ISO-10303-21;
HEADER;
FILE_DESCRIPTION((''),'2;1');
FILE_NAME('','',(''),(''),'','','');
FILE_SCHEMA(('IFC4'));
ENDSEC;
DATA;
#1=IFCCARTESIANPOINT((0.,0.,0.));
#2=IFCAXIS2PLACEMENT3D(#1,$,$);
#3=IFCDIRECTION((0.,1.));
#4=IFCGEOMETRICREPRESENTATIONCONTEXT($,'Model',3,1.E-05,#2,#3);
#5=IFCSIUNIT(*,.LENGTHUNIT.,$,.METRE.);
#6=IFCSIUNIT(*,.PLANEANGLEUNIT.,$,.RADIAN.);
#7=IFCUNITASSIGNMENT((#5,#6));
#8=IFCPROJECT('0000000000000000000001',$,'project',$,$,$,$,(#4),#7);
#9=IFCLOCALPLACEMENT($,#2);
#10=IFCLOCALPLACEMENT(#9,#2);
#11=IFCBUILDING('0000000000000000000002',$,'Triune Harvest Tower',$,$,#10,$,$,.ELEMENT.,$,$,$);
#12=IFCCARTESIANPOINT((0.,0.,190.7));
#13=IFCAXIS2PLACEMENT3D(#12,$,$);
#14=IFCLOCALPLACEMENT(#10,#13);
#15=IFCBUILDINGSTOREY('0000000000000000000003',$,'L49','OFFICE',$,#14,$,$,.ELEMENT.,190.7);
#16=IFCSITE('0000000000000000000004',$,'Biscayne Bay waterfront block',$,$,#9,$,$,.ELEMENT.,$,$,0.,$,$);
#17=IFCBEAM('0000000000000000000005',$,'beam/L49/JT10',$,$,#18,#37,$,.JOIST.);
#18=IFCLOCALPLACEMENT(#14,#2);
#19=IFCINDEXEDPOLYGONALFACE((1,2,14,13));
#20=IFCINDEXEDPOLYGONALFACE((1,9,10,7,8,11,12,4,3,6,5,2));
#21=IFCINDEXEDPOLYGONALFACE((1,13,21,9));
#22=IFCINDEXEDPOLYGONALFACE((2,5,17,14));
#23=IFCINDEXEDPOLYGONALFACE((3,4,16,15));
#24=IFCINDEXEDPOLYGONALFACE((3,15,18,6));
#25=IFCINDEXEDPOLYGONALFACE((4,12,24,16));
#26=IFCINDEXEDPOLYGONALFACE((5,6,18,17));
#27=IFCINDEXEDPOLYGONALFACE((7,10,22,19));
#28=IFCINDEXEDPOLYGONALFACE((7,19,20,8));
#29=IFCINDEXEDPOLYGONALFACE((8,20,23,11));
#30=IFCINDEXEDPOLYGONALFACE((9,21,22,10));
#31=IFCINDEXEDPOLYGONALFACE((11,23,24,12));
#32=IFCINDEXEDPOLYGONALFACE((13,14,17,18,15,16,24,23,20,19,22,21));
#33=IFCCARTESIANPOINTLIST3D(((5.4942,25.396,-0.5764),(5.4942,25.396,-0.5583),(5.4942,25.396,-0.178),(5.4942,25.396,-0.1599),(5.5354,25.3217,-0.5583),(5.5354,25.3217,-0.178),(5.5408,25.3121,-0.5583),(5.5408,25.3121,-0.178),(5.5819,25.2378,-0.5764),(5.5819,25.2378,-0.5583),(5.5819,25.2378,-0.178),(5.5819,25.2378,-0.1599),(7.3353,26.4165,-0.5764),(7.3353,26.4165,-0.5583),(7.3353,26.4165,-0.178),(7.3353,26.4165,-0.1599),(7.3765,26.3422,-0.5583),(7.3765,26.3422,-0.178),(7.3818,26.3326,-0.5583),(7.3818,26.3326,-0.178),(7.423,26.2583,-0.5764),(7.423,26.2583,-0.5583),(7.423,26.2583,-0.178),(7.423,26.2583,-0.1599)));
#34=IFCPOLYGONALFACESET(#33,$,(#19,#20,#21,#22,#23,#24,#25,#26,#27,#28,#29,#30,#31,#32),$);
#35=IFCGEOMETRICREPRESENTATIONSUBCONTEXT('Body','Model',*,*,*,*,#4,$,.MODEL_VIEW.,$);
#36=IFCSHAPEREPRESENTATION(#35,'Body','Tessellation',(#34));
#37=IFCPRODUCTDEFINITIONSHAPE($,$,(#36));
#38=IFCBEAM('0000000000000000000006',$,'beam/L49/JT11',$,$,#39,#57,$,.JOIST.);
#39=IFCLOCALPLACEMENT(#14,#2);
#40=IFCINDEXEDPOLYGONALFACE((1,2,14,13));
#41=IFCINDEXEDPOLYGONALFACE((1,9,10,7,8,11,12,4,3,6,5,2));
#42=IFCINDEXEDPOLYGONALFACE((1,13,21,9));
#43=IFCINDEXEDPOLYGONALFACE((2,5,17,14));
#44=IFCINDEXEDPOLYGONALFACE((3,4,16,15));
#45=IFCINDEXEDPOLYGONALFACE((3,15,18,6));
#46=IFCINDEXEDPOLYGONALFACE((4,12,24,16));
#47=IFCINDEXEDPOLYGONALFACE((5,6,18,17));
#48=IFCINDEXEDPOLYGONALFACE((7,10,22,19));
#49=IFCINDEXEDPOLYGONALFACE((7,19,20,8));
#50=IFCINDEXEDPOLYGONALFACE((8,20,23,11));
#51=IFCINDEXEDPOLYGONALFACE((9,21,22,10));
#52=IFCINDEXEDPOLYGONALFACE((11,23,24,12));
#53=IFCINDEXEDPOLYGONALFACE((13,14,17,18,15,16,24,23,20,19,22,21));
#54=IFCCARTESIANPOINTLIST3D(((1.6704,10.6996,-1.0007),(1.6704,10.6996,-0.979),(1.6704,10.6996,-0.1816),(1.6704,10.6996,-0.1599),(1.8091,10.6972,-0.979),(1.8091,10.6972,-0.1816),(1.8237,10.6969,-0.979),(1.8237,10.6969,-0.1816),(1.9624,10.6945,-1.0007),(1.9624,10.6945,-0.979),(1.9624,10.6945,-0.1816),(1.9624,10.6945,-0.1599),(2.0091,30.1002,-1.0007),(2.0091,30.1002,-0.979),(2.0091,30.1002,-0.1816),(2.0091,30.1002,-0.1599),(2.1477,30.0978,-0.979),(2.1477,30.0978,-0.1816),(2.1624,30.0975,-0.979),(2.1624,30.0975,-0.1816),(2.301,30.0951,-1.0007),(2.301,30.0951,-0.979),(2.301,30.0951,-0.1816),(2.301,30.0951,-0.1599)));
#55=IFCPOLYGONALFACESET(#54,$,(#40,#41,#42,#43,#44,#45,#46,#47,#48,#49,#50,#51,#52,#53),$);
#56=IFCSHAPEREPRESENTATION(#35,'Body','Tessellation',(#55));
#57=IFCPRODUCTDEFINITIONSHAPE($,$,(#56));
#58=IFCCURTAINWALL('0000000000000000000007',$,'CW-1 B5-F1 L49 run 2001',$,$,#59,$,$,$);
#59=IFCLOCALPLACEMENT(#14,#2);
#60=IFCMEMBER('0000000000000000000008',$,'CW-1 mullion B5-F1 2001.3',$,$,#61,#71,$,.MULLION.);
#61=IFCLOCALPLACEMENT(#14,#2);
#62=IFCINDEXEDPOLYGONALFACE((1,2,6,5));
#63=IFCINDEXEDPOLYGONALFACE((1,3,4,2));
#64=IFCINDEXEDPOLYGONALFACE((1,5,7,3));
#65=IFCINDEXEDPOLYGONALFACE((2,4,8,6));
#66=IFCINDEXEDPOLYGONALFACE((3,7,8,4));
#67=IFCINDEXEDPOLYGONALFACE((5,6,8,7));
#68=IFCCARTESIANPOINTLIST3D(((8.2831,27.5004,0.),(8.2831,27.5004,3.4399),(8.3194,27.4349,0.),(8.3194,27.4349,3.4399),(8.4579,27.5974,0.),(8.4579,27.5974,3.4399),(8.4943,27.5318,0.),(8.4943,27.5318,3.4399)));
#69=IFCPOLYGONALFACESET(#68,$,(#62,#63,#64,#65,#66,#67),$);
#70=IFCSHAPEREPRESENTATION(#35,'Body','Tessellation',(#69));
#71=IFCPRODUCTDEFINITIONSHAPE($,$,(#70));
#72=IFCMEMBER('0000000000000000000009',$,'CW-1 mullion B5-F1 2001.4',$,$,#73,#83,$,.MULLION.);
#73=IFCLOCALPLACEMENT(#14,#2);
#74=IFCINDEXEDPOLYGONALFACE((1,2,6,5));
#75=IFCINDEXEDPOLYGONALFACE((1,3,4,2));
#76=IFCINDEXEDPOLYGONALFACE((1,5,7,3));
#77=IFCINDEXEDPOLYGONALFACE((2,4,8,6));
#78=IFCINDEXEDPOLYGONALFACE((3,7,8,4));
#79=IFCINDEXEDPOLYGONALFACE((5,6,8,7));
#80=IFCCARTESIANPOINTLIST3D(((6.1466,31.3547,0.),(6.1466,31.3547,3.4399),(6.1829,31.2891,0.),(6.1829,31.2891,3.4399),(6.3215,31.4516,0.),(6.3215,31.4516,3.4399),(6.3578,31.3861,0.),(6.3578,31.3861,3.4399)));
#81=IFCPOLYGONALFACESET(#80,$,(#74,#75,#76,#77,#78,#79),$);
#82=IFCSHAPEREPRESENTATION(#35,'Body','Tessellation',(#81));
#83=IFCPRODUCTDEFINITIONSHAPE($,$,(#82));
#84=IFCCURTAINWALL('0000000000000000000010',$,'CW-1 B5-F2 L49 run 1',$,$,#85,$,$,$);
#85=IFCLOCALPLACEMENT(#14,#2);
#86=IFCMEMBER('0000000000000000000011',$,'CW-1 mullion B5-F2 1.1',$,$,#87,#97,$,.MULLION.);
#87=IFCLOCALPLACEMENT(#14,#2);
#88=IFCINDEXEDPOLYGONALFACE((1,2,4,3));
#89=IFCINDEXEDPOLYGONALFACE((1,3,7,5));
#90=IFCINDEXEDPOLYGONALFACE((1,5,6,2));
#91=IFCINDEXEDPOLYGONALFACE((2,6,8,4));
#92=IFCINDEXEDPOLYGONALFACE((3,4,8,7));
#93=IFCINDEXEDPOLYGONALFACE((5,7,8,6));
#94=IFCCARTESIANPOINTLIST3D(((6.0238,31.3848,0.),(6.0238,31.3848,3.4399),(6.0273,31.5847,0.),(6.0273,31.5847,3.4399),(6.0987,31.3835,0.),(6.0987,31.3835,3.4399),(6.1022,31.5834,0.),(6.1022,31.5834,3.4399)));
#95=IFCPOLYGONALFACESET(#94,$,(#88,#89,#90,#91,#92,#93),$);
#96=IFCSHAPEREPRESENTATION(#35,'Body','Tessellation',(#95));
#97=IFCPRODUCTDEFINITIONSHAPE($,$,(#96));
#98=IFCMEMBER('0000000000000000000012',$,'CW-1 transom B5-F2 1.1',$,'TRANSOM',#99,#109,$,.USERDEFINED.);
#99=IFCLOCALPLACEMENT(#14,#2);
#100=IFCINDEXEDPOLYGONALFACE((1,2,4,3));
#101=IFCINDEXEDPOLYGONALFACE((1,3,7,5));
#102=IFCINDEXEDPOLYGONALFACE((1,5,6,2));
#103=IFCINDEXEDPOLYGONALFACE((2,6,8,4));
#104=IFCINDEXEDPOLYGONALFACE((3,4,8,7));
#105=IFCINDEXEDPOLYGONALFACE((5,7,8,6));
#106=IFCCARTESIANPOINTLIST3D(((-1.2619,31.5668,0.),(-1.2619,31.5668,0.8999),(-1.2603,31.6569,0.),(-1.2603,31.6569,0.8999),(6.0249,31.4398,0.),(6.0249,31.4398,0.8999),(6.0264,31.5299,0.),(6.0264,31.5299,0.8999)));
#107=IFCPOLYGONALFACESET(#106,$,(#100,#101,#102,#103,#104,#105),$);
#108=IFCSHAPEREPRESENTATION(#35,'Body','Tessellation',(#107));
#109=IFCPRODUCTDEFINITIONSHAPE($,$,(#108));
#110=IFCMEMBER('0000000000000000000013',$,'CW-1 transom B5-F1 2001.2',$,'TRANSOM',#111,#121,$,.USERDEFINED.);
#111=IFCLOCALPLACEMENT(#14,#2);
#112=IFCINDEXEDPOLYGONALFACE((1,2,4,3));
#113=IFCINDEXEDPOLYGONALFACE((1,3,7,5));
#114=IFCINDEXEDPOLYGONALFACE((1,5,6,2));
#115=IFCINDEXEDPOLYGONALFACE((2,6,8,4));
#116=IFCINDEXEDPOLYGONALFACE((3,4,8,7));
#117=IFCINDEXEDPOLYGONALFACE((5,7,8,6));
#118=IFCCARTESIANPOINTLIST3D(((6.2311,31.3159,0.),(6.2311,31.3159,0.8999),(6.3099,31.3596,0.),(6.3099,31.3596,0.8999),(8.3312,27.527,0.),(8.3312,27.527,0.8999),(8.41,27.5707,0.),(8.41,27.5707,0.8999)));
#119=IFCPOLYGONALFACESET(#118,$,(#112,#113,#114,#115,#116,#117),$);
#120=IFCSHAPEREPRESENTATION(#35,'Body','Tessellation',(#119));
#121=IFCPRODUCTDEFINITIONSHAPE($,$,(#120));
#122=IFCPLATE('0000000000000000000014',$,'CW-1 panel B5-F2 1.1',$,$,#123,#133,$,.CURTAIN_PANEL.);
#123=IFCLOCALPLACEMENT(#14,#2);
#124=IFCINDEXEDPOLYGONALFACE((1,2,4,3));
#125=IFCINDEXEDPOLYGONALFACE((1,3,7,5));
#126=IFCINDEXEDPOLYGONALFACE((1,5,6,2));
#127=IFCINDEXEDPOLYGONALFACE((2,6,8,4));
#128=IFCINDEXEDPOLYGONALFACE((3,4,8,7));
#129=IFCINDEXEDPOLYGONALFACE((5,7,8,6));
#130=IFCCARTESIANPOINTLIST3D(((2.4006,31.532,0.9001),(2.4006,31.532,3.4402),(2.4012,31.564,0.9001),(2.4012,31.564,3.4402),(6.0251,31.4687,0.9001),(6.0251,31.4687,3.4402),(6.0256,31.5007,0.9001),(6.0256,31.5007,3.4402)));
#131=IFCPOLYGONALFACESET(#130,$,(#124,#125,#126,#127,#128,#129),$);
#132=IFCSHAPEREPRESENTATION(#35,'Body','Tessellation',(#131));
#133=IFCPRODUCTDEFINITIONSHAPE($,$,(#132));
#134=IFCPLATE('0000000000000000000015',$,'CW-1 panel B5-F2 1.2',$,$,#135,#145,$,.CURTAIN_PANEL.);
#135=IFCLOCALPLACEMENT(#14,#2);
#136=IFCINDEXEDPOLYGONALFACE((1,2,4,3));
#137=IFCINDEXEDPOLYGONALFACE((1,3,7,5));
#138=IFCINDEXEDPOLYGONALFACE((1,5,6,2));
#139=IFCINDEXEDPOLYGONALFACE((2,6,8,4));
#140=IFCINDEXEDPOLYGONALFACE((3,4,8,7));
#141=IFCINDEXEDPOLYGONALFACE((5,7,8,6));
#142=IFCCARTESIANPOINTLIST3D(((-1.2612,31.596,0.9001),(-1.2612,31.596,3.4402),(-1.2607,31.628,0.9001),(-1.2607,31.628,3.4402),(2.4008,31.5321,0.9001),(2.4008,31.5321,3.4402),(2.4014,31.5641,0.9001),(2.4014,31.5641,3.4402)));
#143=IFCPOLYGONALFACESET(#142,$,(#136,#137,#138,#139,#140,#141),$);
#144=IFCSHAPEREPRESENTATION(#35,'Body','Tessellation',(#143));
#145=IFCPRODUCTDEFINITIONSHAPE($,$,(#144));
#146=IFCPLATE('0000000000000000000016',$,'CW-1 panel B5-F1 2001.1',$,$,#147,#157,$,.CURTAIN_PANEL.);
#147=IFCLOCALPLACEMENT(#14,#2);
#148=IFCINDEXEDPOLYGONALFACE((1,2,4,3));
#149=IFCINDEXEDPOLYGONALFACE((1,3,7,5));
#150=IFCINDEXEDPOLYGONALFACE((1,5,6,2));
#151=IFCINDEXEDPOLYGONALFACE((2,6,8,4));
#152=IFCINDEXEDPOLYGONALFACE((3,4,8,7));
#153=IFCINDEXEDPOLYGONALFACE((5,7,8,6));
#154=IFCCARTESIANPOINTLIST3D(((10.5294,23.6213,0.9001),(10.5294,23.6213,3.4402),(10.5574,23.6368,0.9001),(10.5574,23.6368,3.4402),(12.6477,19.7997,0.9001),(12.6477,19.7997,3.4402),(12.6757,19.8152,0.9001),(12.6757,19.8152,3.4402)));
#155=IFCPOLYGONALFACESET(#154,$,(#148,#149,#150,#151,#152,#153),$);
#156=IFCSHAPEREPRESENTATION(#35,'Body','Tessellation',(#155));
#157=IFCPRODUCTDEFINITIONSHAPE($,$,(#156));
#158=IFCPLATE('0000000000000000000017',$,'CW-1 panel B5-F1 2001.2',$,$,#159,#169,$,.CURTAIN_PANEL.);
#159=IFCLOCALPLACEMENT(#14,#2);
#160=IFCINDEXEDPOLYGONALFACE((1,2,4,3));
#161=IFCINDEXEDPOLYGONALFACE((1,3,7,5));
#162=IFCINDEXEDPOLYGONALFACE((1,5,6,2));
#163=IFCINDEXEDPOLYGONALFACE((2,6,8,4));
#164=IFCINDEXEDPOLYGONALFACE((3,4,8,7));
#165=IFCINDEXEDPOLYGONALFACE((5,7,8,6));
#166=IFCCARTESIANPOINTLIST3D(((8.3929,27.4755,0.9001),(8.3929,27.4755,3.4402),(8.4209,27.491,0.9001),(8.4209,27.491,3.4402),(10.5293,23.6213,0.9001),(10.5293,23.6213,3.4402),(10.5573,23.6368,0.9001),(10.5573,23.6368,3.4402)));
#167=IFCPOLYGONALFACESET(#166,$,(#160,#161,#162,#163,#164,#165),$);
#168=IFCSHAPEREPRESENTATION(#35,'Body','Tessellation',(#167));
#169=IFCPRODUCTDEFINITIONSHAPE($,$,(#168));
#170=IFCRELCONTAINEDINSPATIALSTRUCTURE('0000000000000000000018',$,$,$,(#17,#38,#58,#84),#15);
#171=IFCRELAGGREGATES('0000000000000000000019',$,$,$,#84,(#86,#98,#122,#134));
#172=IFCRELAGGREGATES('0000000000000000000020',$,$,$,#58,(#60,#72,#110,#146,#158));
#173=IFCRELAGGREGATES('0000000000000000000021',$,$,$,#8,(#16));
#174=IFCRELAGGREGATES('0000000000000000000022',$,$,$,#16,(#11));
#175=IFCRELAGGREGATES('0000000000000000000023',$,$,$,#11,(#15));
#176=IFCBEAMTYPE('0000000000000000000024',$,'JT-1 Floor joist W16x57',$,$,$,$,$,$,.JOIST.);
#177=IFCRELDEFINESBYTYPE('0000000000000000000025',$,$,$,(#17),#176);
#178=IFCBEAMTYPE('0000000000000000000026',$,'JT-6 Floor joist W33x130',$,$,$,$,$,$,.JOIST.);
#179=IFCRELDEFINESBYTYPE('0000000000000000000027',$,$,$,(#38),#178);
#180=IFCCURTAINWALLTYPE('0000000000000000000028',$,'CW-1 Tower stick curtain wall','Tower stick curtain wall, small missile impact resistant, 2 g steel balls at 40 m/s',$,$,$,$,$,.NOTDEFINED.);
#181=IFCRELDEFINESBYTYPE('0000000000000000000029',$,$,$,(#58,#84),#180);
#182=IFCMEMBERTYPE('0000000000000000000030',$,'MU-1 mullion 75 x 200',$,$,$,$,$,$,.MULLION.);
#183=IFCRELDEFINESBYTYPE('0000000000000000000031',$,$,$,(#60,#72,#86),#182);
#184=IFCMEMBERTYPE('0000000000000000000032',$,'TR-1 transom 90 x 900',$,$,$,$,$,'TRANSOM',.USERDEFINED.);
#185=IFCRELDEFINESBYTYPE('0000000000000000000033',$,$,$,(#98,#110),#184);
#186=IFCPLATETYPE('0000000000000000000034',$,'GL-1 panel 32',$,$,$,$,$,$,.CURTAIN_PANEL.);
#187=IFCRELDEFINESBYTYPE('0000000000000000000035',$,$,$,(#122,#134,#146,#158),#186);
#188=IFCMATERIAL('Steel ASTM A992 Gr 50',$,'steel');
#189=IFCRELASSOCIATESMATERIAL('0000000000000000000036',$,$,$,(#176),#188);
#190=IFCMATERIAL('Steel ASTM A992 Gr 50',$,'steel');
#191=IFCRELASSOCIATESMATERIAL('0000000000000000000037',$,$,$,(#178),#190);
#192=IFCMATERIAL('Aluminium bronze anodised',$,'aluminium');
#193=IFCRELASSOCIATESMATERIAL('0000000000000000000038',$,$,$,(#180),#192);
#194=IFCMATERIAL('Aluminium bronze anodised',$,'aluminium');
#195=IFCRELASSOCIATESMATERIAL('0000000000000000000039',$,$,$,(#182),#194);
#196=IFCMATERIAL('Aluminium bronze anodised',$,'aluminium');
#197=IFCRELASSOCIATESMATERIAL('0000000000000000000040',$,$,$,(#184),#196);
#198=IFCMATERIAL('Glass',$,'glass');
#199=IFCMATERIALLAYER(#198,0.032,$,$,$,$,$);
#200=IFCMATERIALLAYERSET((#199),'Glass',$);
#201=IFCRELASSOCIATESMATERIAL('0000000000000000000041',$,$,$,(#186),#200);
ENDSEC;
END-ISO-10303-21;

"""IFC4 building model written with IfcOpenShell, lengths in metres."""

from ifc_helpers import new_model, si_unit, direction, frame, origin, origin_2d, place, context, subcontext, project, spatial, rectangle, i_section, extrude, source, transform, mapped, material, layer, layer_set, material_profile, profile_set, type_object, element, aggregate, save


model = new_model("IFC4")

# Units and contexts
model_context = context("Model", 3, precision=1e-05, world=origin(), true_north=direction((0.0, 1.0)))
body_context = subcontext(model_context, "Body", "Model", "MODEL_VIEW")
ifc_project = project(units=[si_unit("LENGTHUNIT", "METRE"), si_unit("PLANEANGLEUNIT", "RADIAN")], contexts=[model_context])

# Site, building, storey
site_placement = place(None, origin())
site = spatial("IfcSite", under=ifc_project, at=site_placement, Name="Biscayne Bay waterfront block", CompositionType="ELEMENT", RefElevation=0.0)
building_placement = place(site_placement, origin())
building = spatial("IfcBuilding", under=site, at=building_placement, Name="Triune Harvest Tower", CompositionType="ELEMENT")
storey_placement = place(building_placement, frame((0.0, 0.0, 190.7)))
storey = spatial("IfcBuildingStorey", under=building, at=storey_placement, Name="L49", Description="OFFICE", CompositionType="ELEMENT", Elevation=190.7)

# Beams
ifc_material_1 = material(Name="Steel ASTM A992 Gr 50", Category="steel")
ifc_material_profile_1 = material_profile(ifc_material_1, i_section(OverallWidth=0.1809, OverallDepth=0.4165, WebThickness=0.011, FlangeThickness=0.0181, at=origin_2d()), Name="W16x57")
ifc_profile_set_1 = profile_set([ifc_material_profile_1], Name="Steel ASTM A992 Gr 50")
beam_type_1 = type_object("IfcBeamType", Name="JT-1 Floor joist W16x57", PredefinedType="JOIST", material=ifc_profile_set_1)
shared_shape_1 = source(origin(), body_context, "Body", "SweptSolid", [
    extrude(i_section(OverallWidth=0.1809, OverallDepth=0.4165, WebThickness=0.011, FlangeThickness=0.0181, at=origin_2d()), origin(), (0.0, 0.0, 1.0), 2.105),
])
beam_1_placement = place(storey_placement, frame((7.3792, 26.3374, -0.3682), z_axis=(-0.874622, -0.484806, 0.0), x_axis=(0.484806, -0.874622, 0.0)))
element("IfcBeam", 1, at=beam_1_placement, inside=storey, type_object=beam_type_1, Name="beam/L49/JT10", PredefinedType="JOIST", context=body_context, shape_type="MappedRepresentation", body=[
    mapped(shared_shape_1, transform((0.0, 0.0, 0.0), scale=1.0)),
])
ifc_material_2 = material(Name="Steel ASTM A992 Gr 50", Category="steel")
ifc_material_profile_2 = material_profile(ifc_material_2, i_section(OverallWidth=0.292, OverallDepth=0.8408, WebThickness=0.0146, FlangeThickness=0.0217, at=origin_2d()), Name="W33x130")
ifc_profile_set_2 = profile_set([ifc_material_profile_2], Name="Steel ASTM A992 Gr 50")
beam_type_2 = type_object("IfcBeamType", Name="JT-6 Floor joist W33x130", PredefinedType="JOIST", material=ifc_profile_set_2)
shared_shape_2 = source(origin(), body_context, "Body", "SweptSolid", [
    extrude(i_section(OverallWidth=0.292, OverallDepth=0.8408, WebThickness=0.0146, FlangeThickness=0.0217, at=origin_2d()), origin(), (0.0, 0.0, 1.0), 19.4036),
])
beam_2_placement = place(storey_placement, frame((2.155, 30.0977, -0.5803), z_axis=(-0.017452, -0.999848, 0.0), x_axis=(0.999848, -0.017452, 0.0)))
element("IfcBeam", 2, at=beam_2_placement, inside=storey, type_object=beam_type_2, Name="beam/L49/JT11", PredefinedType="JOIST", context=body_context, shape_type="MappedRepresentation", body=[
    mapped(shared_shape_2, transform((0.0, 0.0, 0.0), scale=1.0)),
])

# Curtain walls, members
ifc_material_3 = material(Name="Aluminium bronze anodised", Category="aluminium")
curtain_wall_type = type_object("IfcCurtainWallType", Name="CW-1 Tower stick curtain wall", Description="Tower stick curtain wall, small missile impact resistant, 2 g steel balls at 40 m/s", PredefinedType="NOTDEFINED", material=ifc_material_3)
curtain_wall_1_placement = place(storey_placement, origin())
curtain_wall_1 = element("IfcCurtainWall", 3, at=curtain_wall_1_placement, inside=storey, type_object=curtain_wall_type, Name="CW-1 B5-F1 L49 run 2001")
ifc_material_4 = material(Name="Aluminium bronze anodised", Category="aluminium")
ifc_material_profile_3 = material_profile(ifc_material_4, rectangle(XDim=0.2, YDim=0.075, at=origin_2d()), Name="MU-1 mullion 75 x 200")
ifc_profile_set_3 = profile_set([ifc_material_profile_3], Name="Aluminium bronze anodised")
member_type_1 = type_object("IfcMemberType", Name="MU-1 mullion 75 x 200", PredefinedType="MULLION", material=ifc_profile_set_3)
shared_shape_3 = source(origin(), body_context, "Body", "SweptSolid", [
    extrude(rectangle(XDim=0.2, YDim=0.075, at=origin_2d()), origin(), (0.0, 0.0, 1.0), 3.4399),
])
member_1_placement = place(storey_placement, frame((8.3887, 27.5161, 0.0), z_axis=(0.0, 0.0, 1.0), x_axis=(-0.874621, -0.484808, 0.0)))
member_1 = element("IfcMember", 4, at=member_1_placement, type_object=member_type_1, Name="CW-1 mullion B5-F1 2001.3", PredefinedType="MULLION", context=body_context, shape_type="MappedRepresentation", body=[
    mapped(shared_shape_3, transform((0.0, 0.0, 0.0), scale=1.0)),
])
member_2_placement = place(storey_placement, frame((6.2522, 31.3704, 0.0), z_axis=(0.0, 0.0, 1.0), x_axis=(-0.874621, -0.484808, 0.0)))
member_2 = element("IfcMember", 5, at=member_2_placement, type_object=member_type_1, Name="CW-1 mullion B5-F1 2001.4", PredefinedType="MULLION", context=body_context, shape_type="MappedRepresentation", body=[
    mapped(shared_shape_3, transform((0.0, 0.0, 0.0), scale=1.0)),
])
curtain_wall_2_placement = place(storey_placement, origin())
curtain_wall_2 = element("IfcCurtainWall", 6, at=curtain_wall_2_placement, inside=storey, type_object=curtain_wall_type, Name="CW-1 B5-F2 L49 run 1")
member_3_placement = place(storey_placement, frame((6.063, 31.4841, 0.0), z_axis=(0.0, 0.0, 1.0), x_axis=(-0.017446, -0.999848, 0.0)))
member_3 = element("IfcMember", 7, at=member_3_placement, type_object=member_type_1, Name="CW-1 mullion B5-F2 1.1", PredefinedType="MULLION", context=body_context, shape_type="MappedRepresentation", body=[
    mapped(shared_shape_3, transform((0.0, 0.0, 0.0), scale=1.0)),
])
ifc_material_5 = material(Name="Aluminium bronze anodised", Category="aluminium")
ifc_material_profile_4 = material_profile(ifc_material_5, rectangle(XDim=0.0901, YDim=0.8999, at=origin_2d()), Name="TR-1 transom 90 x 900")
ifc_profile_set_4 = profile_set([ifc_material_profile_4], Name="Aluminium bronze anodised")
member_type_2 = type_object("IfcMemberType", Name="TR-1 transom 90 x 900", ElementType="TRANSOM", PredefinedType="USERDEFINED", material=ifc_profile_set_4)
shared_shape_4 = source(origin(), body_context, "Body", "SweptSolid", [
    extrude(rectangle(XDim=0.0901, YDim=0.8999, at=origin_2d()), origin(), (0.0, 0.0, 1.0), 7.2878),
])
member_4_placement = place(storey_placement, frame((6.0256, 31.4849, 0.45), z_axis=(-0.999848, 0.01742, 0.0), x_axis=(-0.01742, -0.999848, 0.0)))
member_4 = element("IfcMember", 8, at=member_4_placement, type_object=member_type_2, Name="CW-1 transom B5-F2 1.1", ObjectType="TRANSOM", PredefinedType="USERDEFINED", context=body_context, shape_type="MappedRepresentation", body=[
    mapped(shared_shape_4, transform((0.0, 0.0, 0.0), scale=1.0)),
])

# Member
shared_shape_5 = source(origin(), body_context, "Body", "SweptSolid", [
    extrude(rectangle(XDim=0.0901, YDim=0.8999, at=origin_2d()), origin(), (0.0, 0.0, 1.0), 4.332),
])
member_5_placement = place(storey_placement, frame((8.3706, 27.5488, 0.45), z_axis=(-0.484796, 0.874627, 0.0), x_axis=(-0.874627, -0.484796, 0.0)))
member_5 = element("IfcMember", 9, at=member_5_placement, type_object=member_type_2, Name="CW-1 transom B5-F1 2001.2", ObjectType="TRANSOM", PredefinedType="USERDEFINED", context=body_context, shape_type="MappedRepresentation", body=[
    mapped(shared_shape_5, transform((0.0, 0.0, 0.0), scale=1.0)),
])

# Plates
ifc_material_6 = material(Name="Glass", Category="glass")
ifc_layer_1 = layer(ifc_material_6, 0.032)
ifc_layer_set_1 = layer_set([ifc_layer_1], Name="Glass")
plate_type = type_object("IfcPlateType", Name="GL-1 panel 32", PredefinedType="CURTAIN_PANEL", material=ifc_layer_set_1)
shared_shape_6 = source(origin(), body_context, "Body", "SweptSolid", [
    extrude(rectangle(XDim=3.625, YDim=0.032, at=origin_2d()), origin(), (0.0, 0.0, 1.0), 2.54),
])
plate_1_placement = place(storey_placement, frame((4.2131, 31.5164, 0.9001), z_axis=(0.0, 0.0, 1.0), x_axis=(-0.999848, 0.017446, 0.0)))
plate_1 = element("IfcPlate", 10, at=plate_1_placement, type_object=plate_type, Name="CW-1 panel B5-F2 1.1", PredefinedType="CURTAIN_PANEL", context=body_context, shape_type="MappedRepresentation", body=[
    mapped(shared_shape_6, transform((0.0, 0.0, 0.0), scale=1.0)),
])
shared_shape_7 = source(origin(), body_context, "Body", "SweptSolid", [
    extrude(rectangle(XDim=3.6626, YDim=0.032, at=origin_2d()), origin(), (0.0, 0.0, 1.0), 2.54),
])
plate_2_placement = place(storey_placement, frame((0.5701, 31.5801, 0.9001), z_axis=(0.0, 0.0, 1.0), x_axis=(-0.999848, 0.017446, 0.0)))
plate_2 = element("IfcPlate", 11, at=plate_2_placement, type_object=plate_type, Name="CW-1 panel B5-F2 1.2", PredefinedType="CURTAIN_PANEL", context=body_context, shape_type="MappedRepresentation", body=[
    mapped(shared_shape_7, transform((0.0, 0.0, 0.0), scale=1.0)),
])
aggregate(curtain_wall_2, [member_3, member_4, plate_1, plate_2])
shared_shape_8 = source(origin(), body_context, "Body", "SweptSolid", [
    extrude(rectangle(XDim=4.3694, YDim=0.032, at=origin_2d()), origin(), (0.0, 0.0, 1.0), 2.54),
])
plate_3_placement = place(storey_placement, frame((11.6025, 21.7183, 0.9001), z_axis=(0.0, 0.0, 1.0), x_axis=(-0.484808, 0.874621, 0.0)))
plate_3 = element("IfcPlate", 12, at=plate_3_placement, type_object=plate_type, Name="CW-1 panel B5-F1 2001.1", PredefinedType="CURTAIN_PANEL", context=body_context, shape_type="MappedRepresentation", body=[
    mapped(shared_shape_8, transform((0.0, 0.0, 0.0), scale=1.0)),
])
shared_shape_9 = source(origin(), body_context, "Body", "SweptSolid", [
    extrude(rectangle(XDim=4.4067, YDim=0.032, at=origin_2d()), origin(), (0.0, 0.0, 1.0), 2.54),
])
plate_4_placement = place(storey_placement, frame((9.4751, 25.5562, 0.9001), z_axis=(0.0, 0.0, 1.0), x_axis=(-0.484808, 0.874621, 0.0)))
plate_4 = element("IfcPlate", 13, at=plate_4_placement, type_object=plate_type, Name="CW-1 panel B5-F1 2001.2", PredefinedType="CURTAIN_PANEL", context=body_context, shape_type="MappedRepresentation", body=[
    mapped(shared_shape_9, transform((0.0, 0.0, 0.0), scale=1.0)),
])
aggregate(curtain_wall_1, [member_1, member_2, member_5, plate_3, plate_4])

save(model, "model.ifc")
